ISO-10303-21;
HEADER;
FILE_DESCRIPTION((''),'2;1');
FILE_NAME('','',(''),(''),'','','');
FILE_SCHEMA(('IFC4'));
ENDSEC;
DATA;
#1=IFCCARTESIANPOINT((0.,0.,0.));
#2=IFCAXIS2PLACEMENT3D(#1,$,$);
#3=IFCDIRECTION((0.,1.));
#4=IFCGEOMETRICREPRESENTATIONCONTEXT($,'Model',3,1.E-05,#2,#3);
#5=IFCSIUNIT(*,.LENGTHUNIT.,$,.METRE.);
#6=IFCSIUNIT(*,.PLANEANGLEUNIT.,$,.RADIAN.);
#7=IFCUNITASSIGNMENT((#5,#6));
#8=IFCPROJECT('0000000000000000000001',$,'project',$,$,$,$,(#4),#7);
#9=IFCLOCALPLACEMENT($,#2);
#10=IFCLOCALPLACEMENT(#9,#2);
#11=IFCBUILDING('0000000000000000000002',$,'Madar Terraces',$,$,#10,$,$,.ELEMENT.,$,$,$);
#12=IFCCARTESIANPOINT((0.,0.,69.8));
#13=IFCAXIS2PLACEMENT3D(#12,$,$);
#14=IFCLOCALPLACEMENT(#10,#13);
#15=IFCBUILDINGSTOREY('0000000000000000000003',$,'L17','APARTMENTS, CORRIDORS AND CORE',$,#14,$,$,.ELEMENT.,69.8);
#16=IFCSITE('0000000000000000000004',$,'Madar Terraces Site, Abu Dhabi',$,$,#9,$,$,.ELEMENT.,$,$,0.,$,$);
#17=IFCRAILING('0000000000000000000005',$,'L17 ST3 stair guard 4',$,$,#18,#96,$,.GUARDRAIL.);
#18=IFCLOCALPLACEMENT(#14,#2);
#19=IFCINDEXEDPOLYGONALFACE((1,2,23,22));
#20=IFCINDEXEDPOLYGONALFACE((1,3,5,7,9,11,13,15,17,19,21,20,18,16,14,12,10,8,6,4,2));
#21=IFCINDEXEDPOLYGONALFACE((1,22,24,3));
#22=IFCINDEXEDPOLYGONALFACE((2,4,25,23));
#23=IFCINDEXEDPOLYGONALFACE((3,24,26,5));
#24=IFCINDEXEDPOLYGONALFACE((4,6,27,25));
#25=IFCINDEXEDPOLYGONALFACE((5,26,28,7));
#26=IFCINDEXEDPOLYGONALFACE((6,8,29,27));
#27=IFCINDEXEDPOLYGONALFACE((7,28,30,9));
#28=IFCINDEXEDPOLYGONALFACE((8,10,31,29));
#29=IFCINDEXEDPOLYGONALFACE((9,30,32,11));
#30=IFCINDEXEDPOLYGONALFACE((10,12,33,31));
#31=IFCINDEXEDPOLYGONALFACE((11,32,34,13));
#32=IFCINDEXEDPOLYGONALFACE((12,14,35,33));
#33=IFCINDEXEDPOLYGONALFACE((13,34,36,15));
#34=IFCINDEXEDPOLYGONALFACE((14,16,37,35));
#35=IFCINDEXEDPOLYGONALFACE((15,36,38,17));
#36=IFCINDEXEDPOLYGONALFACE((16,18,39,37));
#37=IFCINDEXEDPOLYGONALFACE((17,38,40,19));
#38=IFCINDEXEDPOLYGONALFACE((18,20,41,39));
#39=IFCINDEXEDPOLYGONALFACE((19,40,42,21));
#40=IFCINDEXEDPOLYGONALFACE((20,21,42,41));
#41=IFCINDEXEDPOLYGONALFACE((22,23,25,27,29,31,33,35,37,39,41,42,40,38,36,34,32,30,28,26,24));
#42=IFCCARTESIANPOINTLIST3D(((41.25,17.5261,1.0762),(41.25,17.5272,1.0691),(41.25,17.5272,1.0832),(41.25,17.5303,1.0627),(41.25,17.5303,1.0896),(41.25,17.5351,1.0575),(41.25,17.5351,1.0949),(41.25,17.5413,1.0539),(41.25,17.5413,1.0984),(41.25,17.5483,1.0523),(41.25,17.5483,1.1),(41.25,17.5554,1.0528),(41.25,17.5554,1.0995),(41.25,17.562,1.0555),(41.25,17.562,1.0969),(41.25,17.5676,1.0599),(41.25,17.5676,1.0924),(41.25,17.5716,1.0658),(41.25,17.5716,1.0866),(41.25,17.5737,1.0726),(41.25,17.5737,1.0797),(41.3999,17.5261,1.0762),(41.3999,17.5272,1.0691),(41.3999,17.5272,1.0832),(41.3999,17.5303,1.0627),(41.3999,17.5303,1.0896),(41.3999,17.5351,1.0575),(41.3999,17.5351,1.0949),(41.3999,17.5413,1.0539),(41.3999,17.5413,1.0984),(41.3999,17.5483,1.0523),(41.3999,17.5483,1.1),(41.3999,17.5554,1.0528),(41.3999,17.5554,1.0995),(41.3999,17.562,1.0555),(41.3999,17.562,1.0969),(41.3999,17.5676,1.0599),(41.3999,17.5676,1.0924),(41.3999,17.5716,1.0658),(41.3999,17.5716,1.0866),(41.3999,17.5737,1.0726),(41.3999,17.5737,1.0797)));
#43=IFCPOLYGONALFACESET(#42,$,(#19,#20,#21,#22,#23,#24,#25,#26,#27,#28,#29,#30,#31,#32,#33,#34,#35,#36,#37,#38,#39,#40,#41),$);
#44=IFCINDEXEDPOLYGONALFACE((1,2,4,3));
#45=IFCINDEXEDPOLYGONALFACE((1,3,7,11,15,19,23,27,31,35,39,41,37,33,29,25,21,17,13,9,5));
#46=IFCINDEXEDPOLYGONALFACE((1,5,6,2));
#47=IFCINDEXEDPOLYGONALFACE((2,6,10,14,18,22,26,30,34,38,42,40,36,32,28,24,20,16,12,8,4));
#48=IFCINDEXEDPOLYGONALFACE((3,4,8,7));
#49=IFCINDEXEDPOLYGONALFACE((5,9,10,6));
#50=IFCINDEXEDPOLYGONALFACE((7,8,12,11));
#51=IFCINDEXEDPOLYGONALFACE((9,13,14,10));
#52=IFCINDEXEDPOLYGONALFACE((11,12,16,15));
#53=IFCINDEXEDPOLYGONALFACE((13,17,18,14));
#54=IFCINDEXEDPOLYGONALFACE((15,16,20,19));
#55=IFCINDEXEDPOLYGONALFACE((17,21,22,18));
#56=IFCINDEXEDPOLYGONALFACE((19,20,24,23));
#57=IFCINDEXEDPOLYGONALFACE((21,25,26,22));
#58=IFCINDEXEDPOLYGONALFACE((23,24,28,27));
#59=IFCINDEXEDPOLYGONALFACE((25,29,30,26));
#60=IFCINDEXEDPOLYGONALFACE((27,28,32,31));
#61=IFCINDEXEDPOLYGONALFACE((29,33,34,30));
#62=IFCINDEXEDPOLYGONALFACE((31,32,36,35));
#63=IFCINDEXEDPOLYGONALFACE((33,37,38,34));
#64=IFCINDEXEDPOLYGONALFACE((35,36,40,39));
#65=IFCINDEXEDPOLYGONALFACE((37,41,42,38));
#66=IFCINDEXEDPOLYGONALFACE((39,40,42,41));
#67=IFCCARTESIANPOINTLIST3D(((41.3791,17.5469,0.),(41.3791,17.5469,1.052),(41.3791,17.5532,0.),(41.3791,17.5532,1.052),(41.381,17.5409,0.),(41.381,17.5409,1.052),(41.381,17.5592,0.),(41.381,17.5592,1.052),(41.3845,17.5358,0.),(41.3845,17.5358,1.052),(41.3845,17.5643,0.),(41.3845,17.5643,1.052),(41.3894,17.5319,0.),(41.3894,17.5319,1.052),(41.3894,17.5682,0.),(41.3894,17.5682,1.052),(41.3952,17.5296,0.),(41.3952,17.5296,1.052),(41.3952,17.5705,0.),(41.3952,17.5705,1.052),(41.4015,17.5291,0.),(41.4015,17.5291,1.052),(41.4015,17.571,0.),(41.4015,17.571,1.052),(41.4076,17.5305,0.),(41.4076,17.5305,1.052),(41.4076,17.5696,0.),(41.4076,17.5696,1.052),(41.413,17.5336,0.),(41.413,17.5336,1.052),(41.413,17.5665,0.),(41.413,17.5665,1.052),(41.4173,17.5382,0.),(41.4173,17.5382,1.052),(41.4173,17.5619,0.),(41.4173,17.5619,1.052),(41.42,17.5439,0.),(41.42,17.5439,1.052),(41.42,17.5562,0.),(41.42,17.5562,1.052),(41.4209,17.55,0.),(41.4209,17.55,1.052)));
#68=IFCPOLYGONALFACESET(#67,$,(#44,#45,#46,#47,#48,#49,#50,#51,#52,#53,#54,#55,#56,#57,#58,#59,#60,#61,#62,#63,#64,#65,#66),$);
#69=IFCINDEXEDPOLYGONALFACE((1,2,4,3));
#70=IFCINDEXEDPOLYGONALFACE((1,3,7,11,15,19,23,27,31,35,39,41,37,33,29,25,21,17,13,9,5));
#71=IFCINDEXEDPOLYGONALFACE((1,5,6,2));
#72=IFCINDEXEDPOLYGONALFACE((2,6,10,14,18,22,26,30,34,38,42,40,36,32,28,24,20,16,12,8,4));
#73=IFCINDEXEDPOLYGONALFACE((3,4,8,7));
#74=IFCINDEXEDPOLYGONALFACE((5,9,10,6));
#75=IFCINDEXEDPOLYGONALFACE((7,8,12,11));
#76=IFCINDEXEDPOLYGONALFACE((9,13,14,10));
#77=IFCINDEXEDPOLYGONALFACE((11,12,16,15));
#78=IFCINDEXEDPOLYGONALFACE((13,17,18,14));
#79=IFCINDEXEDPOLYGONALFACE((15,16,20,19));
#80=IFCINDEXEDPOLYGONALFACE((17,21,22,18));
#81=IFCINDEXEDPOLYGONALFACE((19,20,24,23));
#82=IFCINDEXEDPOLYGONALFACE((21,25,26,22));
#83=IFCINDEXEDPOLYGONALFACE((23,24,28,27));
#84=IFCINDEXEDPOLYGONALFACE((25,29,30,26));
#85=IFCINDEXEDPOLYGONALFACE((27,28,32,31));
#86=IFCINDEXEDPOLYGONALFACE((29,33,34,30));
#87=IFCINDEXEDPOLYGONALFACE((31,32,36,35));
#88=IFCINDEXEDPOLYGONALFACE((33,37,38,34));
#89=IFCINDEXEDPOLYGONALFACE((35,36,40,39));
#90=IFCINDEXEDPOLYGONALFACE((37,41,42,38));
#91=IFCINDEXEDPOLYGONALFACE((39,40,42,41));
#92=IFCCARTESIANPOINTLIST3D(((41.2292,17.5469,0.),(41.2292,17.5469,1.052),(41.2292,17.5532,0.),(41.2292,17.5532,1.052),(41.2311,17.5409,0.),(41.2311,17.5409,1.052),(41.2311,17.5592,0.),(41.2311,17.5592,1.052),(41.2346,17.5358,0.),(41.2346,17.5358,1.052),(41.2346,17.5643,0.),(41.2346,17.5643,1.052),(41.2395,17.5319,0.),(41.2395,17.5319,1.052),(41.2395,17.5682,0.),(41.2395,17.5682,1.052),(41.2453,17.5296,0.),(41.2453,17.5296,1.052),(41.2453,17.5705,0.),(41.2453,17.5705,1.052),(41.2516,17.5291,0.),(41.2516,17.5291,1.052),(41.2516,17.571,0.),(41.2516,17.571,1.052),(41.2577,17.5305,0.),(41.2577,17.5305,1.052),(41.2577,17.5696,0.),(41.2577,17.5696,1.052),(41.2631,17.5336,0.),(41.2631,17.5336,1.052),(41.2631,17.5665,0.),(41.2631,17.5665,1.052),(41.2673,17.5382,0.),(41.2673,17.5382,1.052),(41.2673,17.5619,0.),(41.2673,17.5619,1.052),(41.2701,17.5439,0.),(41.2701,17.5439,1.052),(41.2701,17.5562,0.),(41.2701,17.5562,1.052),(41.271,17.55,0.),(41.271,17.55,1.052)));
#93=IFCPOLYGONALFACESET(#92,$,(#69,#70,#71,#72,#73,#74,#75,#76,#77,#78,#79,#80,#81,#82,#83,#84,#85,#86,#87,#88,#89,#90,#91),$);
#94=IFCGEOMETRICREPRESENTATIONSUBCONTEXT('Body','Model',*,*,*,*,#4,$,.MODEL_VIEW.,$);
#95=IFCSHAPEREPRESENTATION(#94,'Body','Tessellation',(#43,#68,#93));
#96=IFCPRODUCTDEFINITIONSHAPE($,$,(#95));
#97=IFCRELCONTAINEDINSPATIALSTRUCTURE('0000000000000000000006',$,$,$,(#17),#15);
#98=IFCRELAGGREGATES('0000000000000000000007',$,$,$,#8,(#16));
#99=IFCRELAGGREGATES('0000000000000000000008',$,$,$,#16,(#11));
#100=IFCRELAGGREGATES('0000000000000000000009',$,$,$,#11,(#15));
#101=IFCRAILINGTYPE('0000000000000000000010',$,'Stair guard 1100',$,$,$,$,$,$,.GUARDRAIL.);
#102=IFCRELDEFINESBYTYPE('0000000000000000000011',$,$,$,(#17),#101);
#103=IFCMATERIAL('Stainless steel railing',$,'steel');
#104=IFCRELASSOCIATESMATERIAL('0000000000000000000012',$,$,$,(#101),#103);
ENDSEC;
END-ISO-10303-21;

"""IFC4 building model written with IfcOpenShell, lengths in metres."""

from ifc_helpers import new_model, si_unit, direction, frame, origin, origin_2d, place, context, subcontext, project, spatial, circle, extrude, material, type_object, element, save


model = new_model("IFC4")

# Units and contexts
model_context = context("Model", 3, precision=1e-05, world=origin(), true_north=direction((0.0, 1.0)))
body_context = subcontext(model_context, "Body", "Model", "MODEL_VIEW")
ifc_project = project(units=[si_unit("LENGTHUNIT", "METRE"), si_unit("PLANEANGLEUNIT", "RADIAN")], contexts=[model_context])

# Site, building, storey
site_placement = place(None, origin())
site = spatial("IfcSite", under=ifc_project, at=site_placement, Name="Madar Terraces Site, Abu Dhabi", CompositionType="ELEMENT", RefElevation=0.0)
building_placement = place(site_placement, origin())
building = spatial("IfcBuilding", under=site, at=building_placement, Name="Madar Terraces", CompositionType="ELEMENT")
storey_placement = place(building_placement, frame((0.0, 0.0, 69.8)))
storey = spatial("IfcBuildingStorey", under=building, at=storey_placement, Name="L17", Description="APARTMENTS, CORRIDORS AND CORE", CompositionType="ELEMENT", Elevation=69.8)

# Railing
ifc_material_1 = material(Name="Stainless steel railing", Category="steel")
railing_type_1 = type_object("IfcRailingType", Name="Stair guard 1100", PredefinedType="GUARDRAIL", material=ifc_material_1)
railing_1_placement = place(storey_placement, frame((41.3999, 17.55, 0.0)))
element("IfcRailing", 1, at=railing_1_placement, inside=storey, type_object=railing_type_1, Name="L17 ST3 stair guard 4", PredefinedType="GUARDRAIL", context=body_context, shape_type="SweptSolid", body=[
    extrude(circle(Radius=0.0239, at=origin_2d()), frame((0.0, 0.0, 1.0762), z_axis=(-1.0, 0.0, 0.0), x_axis=(0.0, -1.0, 0.0)), (0.0, 0.0, 1.0), 0.1499),
    extrude(circle(Radius=0.021, at=origin_2d()), origin(), (0.0, 0.0, 1.0), 1.052),
    extrude(circle(Radius=0.021, at=origin_2d()), frame((-0.1499, 0.0, 0.0)), (0.0, 0.0, 1.0), 1.052),
])

save(model, "model.ifc")
